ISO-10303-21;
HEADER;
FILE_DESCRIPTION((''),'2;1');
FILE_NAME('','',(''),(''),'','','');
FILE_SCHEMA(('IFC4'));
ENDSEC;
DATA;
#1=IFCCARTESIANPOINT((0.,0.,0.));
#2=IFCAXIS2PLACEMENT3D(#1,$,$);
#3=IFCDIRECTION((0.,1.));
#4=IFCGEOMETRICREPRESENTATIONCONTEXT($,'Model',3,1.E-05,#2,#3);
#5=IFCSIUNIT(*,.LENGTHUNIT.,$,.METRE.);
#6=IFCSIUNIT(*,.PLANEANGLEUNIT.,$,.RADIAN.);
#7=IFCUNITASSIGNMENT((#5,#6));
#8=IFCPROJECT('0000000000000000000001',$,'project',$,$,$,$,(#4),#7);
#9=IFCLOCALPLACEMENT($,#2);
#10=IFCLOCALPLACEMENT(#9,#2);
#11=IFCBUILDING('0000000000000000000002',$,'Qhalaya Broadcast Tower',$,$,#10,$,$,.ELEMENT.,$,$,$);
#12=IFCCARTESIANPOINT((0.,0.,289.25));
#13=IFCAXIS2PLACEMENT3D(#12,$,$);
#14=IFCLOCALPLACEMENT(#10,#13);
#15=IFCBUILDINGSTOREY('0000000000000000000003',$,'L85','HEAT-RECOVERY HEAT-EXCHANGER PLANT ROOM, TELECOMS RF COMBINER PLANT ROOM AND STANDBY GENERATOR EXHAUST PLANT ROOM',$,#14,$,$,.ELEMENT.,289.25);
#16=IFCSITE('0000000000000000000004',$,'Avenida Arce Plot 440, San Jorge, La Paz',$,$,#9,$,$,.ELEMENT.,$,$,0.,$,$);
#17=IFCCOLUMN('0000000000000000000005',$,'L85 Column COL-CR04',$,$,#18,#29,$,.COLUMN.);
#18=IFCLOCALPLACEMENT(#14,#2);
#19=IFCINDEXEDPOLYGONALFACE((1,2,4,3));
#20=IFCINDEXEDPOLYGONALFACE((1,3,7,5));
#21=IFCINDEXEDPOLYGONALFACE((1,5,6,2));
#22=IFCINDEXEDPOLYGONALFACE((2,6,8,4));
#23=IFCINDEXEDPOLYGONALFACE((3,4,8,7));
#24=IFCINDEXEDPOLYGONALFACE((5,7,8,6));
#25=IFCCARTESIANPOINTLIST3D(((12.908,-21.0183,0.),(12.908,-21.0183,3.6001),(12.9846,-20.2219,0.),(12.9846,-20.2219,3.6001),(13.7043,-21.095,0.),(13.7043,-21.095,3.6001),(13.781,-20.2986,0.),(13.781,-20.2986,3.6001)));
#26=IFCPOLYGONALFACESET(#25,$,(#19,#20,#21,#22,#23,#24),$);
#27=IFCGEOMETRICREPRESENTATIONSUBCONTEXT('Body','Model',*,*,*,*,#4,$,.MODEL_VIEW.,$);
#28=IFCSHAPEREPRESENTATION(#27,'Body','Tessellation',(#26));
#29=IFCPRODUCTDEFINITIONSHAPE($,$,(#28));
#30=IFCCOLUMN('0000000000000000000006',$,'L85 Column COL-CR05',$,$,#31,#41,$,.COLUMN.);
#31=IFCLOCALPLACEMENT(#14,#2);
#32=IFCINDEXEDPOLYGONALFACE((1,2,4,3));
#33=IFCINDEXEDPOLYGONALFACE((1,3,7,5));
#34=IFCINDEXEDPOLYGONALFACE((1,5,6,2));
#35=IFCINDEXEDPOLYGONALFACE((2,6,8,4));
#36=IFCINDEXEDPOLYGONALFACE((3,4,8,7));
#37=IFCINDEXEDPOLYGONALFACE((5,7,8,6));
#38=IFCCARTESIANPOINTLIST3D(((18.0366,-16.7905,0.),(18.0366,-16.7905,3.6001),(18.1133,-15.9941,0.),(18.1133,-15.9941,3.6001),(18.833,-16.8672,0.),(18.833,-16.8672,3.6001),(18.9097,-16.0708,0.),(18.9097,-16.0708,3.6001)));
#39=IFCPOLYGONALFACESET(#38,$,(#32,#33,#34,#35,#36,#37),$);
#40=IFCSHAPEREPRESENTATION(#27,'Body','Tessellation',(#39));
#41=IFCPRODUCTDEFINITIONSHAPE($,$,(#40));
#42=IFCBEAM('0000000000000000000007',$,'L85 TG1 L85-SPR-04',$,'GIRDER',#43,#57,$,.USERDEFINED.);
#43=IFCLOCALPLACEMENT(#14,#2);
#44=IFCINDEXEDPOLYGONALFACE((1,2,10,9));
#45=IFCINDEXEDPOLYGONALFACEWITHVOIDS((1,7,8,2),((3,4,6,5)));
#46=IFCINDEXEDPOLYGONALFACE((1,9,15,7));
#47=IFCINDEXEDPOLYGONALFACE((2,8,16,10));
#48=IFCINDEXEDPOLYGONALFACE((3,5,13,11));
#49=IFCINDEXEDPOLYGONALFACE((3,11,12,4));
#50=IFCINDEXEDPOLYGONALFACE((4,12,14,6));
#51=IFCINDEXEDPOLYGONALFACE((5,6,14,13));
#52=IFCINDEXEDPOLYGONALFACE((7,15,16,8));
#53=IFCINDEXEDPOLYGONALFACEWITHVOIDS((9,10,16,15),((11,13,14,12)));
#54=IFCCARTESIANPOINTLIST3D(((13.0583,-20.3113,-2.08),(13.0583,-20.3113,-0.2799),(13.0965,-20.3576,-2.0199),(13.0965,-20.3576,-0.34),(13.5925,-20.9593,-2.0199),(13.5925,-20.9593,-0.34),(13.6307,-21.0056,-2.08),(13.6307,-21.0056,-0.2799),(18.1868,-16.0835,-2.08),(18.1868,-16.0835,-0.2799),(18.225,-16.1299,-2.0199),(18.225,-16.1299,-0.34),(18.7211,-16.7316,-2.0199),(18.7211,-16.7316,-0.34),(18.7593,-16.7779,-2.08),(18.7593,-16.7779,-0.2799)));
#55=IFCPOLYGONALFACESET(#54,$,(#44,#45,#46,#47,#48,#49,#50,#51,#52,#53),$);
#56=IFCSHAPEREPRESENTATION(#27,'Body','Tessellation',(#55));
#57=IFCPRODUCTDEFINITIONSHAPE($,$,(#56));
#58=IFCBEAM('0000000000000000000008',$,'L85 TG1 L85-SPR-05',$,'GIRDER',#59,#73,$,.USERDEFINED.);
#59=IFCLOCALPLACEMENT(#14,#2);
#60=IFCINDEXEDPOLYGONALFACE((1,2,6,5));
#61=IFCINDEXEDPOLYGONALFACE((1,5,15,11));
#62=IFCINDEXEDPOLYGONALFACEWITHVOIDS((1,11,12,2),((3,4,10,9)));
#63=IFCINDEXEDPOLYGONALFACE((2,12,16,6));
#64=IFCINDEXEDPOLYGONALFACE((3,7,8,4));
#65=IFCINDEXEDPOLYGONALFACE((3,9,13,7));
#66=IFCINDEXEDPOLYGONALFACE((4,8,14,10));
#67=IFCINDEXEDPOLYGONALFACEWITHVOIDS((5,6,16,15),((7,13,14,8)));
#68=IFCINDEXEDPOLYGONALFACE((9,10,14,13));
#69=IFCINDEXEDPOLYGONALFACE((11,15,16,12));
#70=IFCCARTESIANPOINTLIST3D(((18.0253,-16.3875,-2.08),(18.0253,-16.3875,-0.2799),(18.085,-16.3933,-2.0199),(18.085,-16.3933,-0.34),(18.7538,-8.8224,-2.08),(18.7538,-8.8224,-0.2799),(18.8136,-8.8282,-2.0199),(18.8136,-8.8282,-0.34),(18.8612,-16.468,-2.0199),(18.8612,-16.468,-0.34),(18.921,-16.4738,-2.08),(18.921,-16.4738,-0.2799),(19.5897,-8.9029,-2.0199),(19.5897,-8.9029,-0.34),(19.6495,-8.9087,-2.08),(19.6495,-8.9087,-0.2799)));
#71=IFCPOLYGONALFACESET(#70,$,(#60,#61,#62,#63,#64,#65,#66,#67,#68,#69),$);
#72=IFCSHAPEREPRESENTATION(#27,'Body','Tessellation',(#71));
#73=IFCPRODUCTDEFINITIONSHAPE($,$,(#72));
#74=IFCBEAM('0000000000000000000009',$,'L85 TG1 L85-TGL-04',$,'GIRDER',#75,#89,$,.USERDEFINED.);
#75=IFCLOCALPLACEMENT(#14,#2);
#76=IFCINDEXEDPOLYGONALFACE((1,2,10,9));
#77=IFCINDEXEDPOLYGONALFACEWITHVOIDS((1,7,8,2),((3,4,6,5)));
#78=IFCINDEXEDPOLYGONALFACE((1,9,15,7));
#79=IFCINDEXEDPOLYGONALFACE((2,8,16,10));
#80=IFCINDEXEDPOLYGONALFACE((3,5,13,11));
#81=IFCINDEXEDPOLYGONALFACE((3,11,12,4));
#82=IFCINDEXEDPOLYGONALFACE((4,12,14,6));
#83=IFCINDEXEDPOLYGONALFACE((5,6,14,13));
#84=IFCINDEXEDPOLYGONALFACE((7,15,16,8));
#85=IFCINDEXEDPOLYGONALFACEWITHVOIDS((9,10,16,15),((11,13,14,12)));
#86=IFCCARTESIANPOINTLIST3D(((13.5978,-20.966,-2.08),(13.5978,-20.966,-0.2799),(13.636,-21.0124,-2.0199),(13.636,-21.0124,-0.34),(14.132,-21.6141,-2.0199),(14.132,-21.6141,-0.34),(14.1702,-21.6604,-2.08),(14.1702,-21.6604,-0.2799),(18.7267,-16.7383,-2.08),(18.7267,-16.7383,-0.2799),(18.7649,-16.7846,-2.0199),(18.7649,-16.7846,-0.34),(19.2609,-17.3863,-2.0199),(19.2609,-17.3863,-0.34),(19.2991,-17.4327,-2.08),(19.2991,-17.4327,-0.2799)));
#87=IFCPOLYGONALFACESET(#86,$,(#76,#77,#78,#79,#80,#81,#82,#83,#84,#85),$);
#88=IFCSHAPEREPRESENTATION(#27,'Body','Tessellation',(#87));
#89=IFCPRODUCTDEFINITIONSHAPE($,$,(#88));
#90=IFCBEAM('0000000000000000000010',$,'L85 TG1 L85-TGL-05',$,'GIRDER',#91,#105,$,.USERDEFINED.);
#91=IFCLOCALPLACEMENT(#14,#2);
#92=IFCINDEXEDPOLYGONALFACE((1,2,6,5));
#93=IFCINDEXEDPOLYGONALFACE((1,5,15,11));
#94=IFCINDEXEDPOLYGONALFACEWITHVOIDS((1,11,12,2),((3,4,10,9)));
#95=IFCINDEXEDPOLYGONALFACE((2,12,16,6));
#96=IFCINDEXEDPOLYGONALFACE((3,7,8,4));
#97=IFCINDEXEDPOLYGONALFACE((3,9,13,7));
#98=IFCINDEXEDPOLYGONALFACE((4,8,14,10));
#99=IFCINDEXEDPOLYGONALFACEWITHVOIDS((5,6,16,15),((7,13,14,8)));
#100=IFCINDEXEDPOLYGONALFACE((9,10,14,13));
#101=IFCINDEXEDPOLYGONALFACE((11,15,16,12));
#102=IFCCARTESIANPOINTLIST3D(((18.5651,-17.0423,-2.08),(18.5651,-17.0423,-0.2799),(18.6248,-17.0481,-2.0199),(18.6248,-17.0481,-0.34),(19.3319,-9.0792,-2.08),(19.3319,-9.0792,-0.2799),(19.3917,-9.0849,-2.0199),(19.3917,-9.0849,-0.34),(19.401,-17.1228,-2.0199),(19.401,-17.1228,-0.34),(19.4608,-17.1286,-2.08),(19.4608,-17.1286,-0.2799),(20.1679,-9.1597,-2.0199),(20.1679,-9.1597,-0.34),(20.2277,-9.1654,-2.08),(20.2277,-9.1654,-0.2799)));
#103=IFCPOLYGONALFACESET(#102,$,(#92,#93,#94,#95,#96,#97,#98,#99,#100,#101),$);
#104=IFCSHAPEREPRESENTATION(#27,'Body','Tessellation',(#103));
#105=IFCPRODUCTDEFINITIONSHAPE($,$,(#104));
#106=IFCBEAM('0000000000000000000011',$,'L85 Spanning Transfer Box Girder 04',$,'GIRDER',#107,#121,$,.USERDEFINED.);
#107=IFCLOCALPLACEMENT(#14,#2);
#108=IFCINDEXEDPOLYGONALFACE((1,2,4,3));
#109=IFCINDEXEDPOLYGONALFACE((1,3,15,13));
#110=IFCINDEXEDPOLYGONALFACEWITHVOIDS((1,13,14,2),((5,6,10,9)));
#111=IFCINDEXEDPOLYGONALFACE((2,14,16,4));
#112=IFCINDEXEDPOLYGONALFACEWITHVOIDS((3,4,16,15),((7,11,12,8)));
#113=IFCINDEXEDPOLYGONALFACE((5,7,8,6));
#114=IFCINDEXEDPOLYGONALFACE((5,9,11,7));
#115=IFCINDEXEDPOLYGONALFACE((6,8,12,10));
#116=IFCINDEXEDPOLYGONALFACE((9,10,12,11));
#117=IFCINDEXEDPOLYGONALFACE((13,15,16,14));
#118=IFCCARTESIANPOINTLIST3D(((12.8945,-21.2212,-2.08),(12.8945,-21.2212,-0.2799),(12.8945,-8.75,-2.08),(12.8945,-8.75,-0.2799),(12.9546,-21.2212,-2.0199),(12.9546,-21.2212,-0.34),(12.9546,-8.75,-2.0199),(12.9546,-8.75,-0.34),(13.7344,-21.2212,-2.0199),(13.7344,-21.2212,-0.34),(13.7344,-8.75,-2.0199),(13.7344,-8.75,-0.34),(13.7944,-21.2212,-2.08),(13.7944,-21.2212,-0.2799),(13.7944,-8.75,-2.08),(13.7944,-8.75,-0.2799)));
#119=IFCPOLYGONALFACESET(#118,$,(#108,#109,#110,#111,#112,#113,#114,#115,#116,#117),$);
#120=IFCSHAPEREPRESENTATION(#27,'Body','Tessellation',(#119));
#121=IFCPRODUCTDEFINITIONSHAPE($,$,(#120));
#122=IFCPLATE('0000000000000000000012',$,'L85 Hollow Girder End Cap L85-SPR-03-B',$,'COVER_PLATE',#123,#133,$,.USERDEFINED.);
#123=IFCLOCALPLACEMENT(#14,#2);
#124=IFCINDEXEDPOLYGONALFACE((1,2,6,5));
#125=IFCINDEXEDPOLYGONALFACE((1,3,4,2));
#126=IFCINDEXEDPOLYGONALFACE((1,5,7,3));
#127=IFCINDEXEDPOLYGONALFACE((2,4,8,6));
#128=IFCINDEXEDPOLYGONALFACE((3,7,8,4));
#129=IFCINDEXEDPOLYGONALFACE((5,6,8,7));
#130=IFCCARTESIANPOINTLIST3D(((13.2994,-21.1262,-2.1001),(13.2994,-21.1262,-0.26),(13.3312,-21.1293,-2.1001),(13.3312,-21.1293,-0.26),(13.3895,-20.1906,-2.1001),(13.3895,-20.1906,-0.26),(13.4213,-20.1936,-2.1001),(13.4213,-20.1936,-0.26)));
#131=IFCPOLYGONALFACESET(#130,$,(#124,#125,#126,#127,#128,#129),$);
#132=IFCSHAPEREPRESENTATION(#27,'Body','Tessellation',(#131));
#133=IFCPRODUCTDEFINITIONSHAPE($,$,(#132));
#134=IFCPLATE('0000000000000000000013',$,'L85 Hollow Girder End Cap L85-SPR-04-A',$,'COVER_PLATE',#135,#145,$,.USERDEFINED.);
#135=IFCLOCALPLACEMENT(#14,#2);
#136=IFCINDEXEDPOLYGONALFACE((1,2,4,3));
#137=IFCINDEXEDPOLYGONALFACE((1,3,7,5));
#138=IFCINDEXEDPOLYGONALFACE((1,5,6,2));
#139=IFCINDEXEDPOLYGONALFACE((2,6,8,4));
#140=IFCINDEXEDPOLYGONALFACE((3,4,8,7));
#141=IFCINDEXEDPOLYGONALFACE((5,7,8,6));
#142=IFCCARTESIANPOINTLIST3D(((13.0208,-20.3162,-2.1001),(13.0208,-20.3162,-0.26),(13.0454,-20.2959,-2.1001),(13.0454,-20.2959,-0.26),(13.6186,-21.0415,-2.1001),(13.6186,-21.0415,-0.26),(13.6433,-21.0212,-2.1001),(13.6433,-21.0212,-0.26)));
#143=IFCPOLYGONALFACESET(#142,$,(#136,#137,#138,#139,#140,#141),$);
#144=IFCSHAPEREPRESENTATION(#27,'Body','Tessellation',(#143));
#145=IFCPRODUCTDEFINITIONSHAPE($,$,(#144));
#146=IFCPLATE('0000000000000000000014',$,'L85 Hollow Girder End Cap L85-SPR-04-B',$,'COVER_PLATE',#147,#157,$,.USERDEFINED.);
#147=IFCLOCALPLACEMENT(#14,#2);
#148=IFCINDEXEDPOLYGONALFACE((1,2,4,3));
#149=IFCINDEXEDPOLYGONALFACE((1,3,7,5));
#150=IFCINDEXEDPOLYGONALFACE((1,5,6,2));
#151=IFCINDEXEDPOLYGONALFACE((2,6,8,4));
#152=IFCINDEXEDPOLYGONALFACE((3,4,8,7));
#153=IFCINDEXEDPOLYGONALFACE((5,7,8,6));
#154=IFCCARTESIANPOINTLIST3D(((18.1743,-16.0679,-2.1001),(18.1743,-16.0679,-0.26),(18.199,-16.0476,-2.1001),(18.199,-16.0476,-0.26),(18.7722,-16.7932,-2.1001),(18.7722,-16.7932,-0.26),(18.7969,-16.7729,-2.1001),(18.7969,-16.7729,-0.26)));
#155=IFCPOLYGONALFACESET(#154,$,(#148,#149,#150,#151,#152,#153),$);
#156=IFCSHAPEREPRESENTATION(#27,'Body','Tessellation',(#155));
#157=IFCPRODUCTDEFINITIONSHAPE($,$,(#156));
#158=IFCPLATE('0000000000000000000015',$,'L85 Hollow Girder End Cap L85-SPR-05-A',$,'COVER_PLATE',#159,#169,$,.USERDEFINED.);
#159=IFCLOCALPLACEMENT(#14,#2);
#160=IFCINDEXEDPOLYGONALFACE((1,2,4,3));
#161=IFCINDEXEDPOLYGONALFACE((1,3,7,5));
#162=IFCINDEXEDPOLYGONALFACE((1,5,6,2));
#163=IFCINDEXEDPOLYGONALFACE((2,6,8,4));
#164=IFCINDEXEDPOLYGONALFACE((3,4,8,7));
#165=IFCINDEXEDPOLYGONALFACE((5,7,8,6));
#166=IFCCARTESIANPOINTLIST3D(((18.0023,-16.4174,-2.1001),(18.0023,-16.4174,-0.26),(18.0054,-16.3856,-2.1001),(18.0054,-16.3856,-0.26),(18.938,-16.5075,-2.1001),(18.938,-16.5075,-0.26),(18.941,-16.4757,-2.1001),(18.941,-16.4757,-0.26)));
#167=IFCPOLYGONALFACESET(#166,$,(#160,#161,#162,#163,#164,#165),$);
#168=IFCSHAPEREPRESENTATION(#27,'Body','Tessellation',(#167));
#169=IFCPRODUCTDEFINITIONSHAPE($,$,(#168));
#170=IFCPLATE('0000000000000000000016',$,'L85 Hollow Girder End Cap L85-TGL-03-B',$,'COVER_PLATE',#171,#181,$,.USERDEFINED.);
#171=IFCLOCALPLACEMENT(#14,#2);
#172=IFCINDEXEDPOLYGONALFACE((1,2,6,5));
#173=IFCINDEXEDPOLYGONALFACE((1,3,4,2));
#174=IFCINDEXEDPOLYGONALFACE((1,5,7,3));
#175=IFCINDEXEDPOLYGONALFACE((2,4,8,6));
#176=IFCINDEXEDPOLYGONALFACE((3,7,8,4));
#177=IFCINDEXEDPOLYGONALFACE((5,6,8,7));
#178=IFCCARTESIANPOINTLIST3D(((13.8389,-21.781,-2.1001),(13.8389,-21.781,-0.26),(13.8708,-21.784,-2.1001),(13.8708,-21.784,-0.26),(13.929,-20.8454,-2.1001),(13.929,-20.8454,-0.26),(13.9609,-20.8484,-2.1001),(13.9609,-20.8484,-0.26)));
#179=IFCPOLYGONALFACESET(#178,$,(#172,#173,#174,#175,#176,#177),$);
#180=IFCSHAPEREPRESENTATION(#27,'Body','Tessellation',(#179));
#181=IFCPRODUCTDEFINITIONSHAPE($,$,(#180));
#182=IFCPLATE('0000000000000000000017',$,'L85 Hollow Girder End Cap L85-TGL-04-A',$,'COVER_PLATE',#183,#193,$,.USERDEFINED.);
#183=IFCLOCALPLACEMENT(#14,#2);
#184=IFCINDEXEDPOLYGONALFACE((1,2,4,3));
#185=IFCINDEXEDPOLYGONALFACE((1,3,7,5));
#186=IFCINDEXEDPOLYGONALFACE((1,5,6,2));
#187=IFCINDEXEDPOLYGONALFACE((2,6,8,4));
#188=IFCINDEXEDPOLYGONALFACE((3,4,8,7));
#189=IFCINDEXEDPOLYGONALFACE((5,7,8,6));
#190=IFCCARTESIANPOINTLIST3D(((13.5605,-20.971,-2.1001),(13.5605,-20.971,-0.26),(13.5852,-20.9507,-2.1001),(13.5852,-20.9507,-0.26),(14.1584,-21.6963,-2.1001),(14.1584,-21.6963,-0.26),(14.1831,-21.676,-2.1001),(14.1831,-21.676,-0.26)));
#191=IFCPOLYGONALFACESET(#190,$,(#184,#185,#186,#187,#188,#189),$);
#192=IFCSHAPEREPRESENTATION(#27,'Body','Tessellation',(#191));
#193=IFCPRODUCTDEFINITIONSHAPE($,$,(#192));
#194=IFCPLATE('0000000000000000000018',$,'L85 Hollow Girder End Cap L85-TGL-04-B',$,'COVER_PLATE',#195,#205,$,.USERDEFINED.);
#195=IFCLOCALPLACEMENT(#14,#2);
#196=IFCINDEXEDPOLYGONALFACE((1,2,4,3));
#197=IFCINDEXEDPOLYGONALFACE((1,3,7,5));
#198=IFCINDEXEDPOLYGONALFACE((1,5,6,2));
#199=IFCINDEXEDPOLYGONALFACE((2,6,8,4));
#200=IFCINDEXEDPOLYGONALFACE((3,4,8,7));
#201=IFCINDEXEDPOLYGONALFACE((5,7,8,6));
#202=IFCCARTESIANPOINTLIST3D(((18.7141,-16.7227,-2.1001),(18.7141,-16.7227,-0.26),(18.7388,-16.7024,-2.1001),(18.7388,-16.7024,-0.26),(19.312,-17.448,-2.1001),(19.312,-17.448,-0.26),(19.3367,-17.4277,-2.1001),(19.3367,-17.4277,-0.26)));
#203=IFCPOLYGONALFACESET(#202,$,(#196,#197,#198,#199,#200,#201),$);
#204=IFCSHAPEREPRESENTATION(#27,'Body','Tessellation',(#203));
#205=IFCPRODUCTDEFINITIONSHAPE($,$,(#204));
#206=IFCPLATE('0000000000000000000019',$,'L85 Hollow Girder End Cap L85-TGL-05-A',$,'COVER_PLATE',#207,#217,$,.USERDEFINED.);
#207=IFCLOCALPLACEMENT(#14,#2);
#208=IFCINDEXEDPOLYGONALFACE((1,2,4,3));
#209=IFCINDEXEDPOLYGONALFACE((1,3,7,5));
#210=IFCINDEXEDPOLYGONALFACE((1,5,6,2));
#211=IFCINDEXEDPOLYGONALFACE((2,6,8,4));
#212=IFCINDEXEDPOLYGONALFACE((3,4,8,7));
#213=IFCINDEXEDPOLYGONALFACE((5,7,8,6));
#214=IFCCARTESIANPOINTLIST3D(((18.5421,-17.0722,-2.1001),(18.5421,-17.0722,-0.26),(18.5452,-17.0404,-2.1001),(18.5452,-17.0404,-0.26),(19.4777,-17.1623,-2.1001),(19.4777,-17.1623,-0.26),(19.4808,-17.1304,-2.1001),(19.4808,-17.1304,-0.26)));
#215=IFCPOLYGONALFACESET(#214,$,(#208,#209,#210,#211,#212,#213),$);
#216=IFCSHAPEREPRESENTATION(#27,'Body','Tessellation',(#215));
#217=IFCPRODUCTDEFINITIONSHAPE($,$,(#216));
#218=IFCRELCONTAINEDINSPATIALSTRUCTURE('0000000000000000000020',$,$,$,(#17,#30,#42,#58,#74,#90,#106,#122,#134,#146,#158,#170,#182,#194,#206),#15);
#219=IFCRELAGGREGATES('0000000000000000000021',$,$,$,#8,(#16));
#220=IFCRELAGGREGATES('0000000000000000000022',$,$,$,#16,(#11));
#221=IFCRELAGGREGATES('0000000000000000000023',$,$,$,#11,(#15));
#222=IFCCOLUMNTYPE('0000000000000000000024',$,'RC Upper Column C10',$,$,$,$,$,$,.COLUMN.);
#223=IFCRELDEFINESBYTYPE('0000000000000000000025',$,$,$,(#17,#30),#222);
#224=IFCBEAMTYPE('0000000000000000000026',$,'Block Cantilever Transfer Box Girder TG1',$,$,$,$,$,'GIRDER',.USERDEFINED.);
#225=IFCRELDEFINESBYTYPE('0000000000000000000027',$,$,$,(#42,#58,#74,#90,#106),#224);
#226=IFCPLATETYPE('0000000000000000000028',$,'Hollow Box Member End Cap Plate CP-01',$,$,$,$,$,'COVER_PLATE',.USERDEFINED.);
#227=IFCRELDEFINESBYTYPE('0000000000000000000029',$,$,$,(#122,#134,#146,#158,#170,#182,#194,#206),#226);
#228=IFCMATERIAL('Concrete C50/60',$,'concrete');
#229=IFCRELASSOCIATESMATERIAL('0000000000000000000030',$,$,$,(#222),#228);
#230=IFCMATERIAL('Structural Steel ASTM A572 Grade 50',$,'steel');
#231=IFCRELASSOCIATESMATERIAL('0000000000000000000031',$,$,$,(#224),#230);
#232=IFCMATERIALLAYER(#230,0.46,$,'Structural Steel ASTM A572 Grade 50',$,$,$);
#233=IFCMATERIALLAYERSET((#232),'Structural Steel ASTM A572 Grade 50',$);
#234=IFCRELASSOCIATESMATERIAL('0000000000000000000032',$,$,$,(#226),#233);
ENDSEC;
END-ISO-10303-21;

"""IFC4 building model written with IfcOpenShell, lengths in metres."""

from ifc_helpers import new_model, si_unit, direction, frame, origin, origin_2d, place, context, subcontext, project, spatial, rectangle, hollow_rectangle, extrude, material, layer, layer_set, material_profile, profile_set, type_object, element, save


model = new_model("IFC4")

# Units and contexts
model_context = context("Model", 3, precision=1e-05, world=origin(), true_north=direction((0.0, 1.0)))
body_context = subcontext(model_context, "Body", "Model", "MODEL_VIEW")
ifc_project = project(units=[si_unit("LENGTHUNIT", "METRE"), si_unit("PLANEANGLEUNIT", "RADIAN")], contexts=[model_context])

# Site, building, storey
site_placement = place(None, origin())
site = spatial("IfcSite", under=ifc_project, at=site_placement, Name="Avenida Arce Plot 440, San Jorge, La Paz", CompositionType="ELEMENT", RefElevation=0.0)
building_placement = place(site_placement, origin())
building = spatial("IfcBuilding", under=site, at=building_placement, Name="Qhalaya Broadcast Tower", CompositionType="ELEMENT")
storey_placement = place(building_placement, frame((0.0, 0.0, 289.25)))
storey = spatial("IfcBuildingStorey", under=building, at=storey_placement, Name="L85", Description="HEAT-RECOVERY HEAT-EXCHANGER PLANT ROOM, TELECOMS RF COMBINER PLANT ROOM AND STANDBY GENERATOR EXHAUST PLANT ROOM", CompositionType="ELEMENT", Elevation=289.25)

# Columns
ifc_material_1 = material(Name="Concrete C50/60", Category="concrete")
ifc_material_profile_1 = material_profile(ifc_material_1, rectangle(XDim=0.8, YDim=0.8, at=origin_2d()), Name="RC-COL 800x800")
ifc_profile_set_1 = profile_set([ifc_material_profile_1], Name="Concrete C50/60")
column_type = type_object("IfcColumnType", Name="RC Upper Column C10", PredefinedType="COLUMN", material=ifc_profile_set_1)
for number, where, z_axis, x_axis, name in (
    (1, (13.3445, -20.6584, 0.0), (0.0, 0.0, 1.0), (0.995396, -0.095846, 0.0), "L85 Column COL-CR04"),
    (2, (18.4731, -16.4307, 0.0), (0.0, 0.0, 1.0), (0.095846, 0.995396, 0.0), "L85 Column COL-CR05"),
):
    element("IfcColumn", number, at=place(storey_placement, frame(where, z_axis=z_axis, x_axis=x_axis)), inside=storey, type_object=column_type, Name=name, PredefinedType="COLUMN", context=body_context, shape_type="SweptSolid", body=[
        extrude(rectangle(XDim=0.8, YDim=0.8, at=origin_2d()), origin(), (0.0, 0.0, 1.0), 3.6001),
    ])

# Beams
ifc_material_2 = material(Name="Structural Steel ASTM A572 Grade 50", Category="steel")
ifc_material_profile_2 = material_profile(ifc_material_2, hollow_rectangle(XDim=0.8999, YDim=1.8, WallThickness=0.0601, at=origin_2d()), Name="BOX 900x1800x60")
ifc_profile_set_2 = profile_set([ifc_material_profile_2], Name="Structural Steel ASTM A572 Grade 50")
beam_type = type_object("IfcBeamType", Name="Block Cantilever Transfer Box Girder TG1", ElementType="GIRDER", PredefinedType="USERDEFINED", material=ifc_profile_set_2)
beam_1_placement = place(storey_placement, frame((13.3445, -20.6584, -1.1799), z_axis=(0.771622, 0.636082, 0.0), x_axis=(-0.636082, 0.771622, 0.0)))
element("IfcBeam", 3, at=beam_1_placement, inside=storey, type_object=beam_type, Name="L85 TG1 L85-SPR-04", ObjectType="GIRDER", PredefinedType="USERDEFINED", context=body_context, shape_type="SweptSolid", body=[
    extrude(hollow_rectangle(XDim=0.8999, YDim=1.8, WallThickness=0.0601, at=origin_2d()), origin(), (0.0, 0.0, 1.0), 6.6465),
])
beam_2_placement = place(storey_placement, frame((18.4731, -16.4307, -1.1799), z_axis=(0.095855, 0.995395, 0.0), x_axis=(-0.995395, 0.095855, 0.0)))
element("IfcBeam", 4, at=beam_2_placement, inside=storey, type_object=beam_type, Name="L85 TG1 L85-SPR-05", ObjectType="GIRDER", PredefinedType="USERDEFINED", context=body_context, shape_type="SweptSolid", body=[
    extrude(hollow_rectangle(XDim=0.8999, YDim=1.8, WallThickness=0.0601, at=origin_2d()), origin(), (0.0, 0.0, 1.0), 7.6001),
])
beam_3_placement = place(storey_placement, frame((13.884, -21.3132, -1.1799), z_axis=(0.771636, 0.636064, 0.0), x_axis=(-0.636064, 0.771636, 0.0)))
element("IfcBeam", 5, at=beam_3_placement, inside=storey, type_object=beam_type, Name="L85 TG1 L85-TGL-04", ObjectType="GIRDER", PredefinedType="USERDEFINED", context=body_context, shape_type="SweptSolid", body=[
    extrude(hollow_rectangle(XDim=0.8999, YDim=1.8, WallThickness=0.0601, at=origin_2d()), origin(), (0.0, 0.0, 1.0), 6.6467),
])
beam_4_placement = place(storey_placement, frame((19.0129, -17.0854, -1.1799), z_axis=(0.095856, 0.995395, 0.0), x_axis=(-0.995395, 0.095856, 0.0)))
element("IfcBeam", 6, at=beam_4_placement, inside=storey, type_object=beam_type, Name="L85 TG1 L85-TGL-05", ObjectType="GIRDER", PredefinedType="USERDEFINED", context=body_context, shape_type="SweptSolid", body=[
    extrude(hollow_rectangle(XDim=0.8999, YDim=1.8, WallThickness=0.0601, at=origin_2d()), origin(), (0.0, 0.0, 1.0), 8.0),
])
beam_5_placement = place(storey_placement, frame((13.3445, -21.2212, -1.1799), z_axis=(0.0, 1.0, 0.0), x_axis=(-1.0, 0.0, 0.0)))
element("IfcBeam", 7, at=beam_5_placement, inside=storey, type_object=beam_type, Name="L85 Spanning Transfer Box Girder 04", ObjectType="GIRDER", PredefinedType="USERDEFINED", context=body_context, shape_type="SweptSolid", body=[
    extrude(hollow_rectangle(XDim=0.8999, YDim=1.8, WallThickness=0.0601, at=origin_2d()), origin(), (0.0, 0.0, 1.0), 12.4712),
])

# Plates
ifc_layer_1 = layer(ifc_material_2, 0.46, Name="Structural Steel ASTM A572 Grade 50")
ifc_layer_set_1 = layer_set([ifc_layer_1], Name="Structural Steel ASTM A572 Grade 50")
plate_type_1 = type_object("IfcPlateType", Name="Hollow Box Member End Cap Plate CP-01", ElementType="COVER_PLATE", PredefinedType="USERDEFINED", material=ifc_layer_set_1)
for number, where, z_axis, x_axis, name in (
    (8, (13.3604, -20.6599, -2.1001), (0.0, 0.0, 1.0), (0.095846, 0.995396, 0.0), "L85 Hollow Girder End Cap L85-SPR-03-B"),
    (9, (13.332, -20.6687, -2.1001), (0.0, 0.0, 1.0), (-0.636078, 0.771625, 0.0), "L85 Hollow Girder End Cap L85-SPR-04-A"),
    (10, (18.4856, -16.4204, -2.1001), (0.0, 0.0, 1.0), (-0.636078, 0.771625, 0.0), "L85 Hollow Girder End Cap L85-SPR-04-B"),
    (11, (18.4717, -16.4465, -2.1001), (0.0, 0.0, 1.0), (-0.995395, 0.095863, 0.0), "L85 Hollow Girder End Cap L85-SPR-05-A"),
    (12, (13.8999, -21.3147, -2.1001), (0.0, 0.0, 1.0), (0.095846, 0.995396, 0.0), "L85 Hollow Girder End Cap L85-TGL-03-B"),
    (13, (13.8718, -21.3235, -2.1001), (0.0, 0.0, 1.0), (-0.636078, 0.771625, 0.0), "L85 Hollow Girder End Cap L85-TGL-04-A"),
    (14, (19.0254, -17.0752, -2.1001), (0.0, 0.0, 1.0), (-0.636078, 0.771625, 0.0), "L85 Hollow Girder End Cap L85-TGL-04-B"),
    (15, (19.0115, -17.1013, -2.1001), (0.0, 0.0, 1.0), (-0.995396, 0.095846, 0.0), "L85 Hollow Girder End Cap L85-TGL-05-A"),
):
    element("IfcPlate", number, at=place(storey_placement, frame(where, z_axis=z_axis, x_axis=x_axis)), inside=storey, type_object=plate_type_1, Name=name, ObjectType="COVER_PLATE", PredefinedType="USERDEFINED", context=body_context, shape_type="SweptSolid", body=[
        extrude(rectangle(XDim=0.9399, YDim=0.032, at=origin_2d()), origin(), (0.0, 0.0, 1.0), 1.8401),
    ])

save(model, "model.ifc")
